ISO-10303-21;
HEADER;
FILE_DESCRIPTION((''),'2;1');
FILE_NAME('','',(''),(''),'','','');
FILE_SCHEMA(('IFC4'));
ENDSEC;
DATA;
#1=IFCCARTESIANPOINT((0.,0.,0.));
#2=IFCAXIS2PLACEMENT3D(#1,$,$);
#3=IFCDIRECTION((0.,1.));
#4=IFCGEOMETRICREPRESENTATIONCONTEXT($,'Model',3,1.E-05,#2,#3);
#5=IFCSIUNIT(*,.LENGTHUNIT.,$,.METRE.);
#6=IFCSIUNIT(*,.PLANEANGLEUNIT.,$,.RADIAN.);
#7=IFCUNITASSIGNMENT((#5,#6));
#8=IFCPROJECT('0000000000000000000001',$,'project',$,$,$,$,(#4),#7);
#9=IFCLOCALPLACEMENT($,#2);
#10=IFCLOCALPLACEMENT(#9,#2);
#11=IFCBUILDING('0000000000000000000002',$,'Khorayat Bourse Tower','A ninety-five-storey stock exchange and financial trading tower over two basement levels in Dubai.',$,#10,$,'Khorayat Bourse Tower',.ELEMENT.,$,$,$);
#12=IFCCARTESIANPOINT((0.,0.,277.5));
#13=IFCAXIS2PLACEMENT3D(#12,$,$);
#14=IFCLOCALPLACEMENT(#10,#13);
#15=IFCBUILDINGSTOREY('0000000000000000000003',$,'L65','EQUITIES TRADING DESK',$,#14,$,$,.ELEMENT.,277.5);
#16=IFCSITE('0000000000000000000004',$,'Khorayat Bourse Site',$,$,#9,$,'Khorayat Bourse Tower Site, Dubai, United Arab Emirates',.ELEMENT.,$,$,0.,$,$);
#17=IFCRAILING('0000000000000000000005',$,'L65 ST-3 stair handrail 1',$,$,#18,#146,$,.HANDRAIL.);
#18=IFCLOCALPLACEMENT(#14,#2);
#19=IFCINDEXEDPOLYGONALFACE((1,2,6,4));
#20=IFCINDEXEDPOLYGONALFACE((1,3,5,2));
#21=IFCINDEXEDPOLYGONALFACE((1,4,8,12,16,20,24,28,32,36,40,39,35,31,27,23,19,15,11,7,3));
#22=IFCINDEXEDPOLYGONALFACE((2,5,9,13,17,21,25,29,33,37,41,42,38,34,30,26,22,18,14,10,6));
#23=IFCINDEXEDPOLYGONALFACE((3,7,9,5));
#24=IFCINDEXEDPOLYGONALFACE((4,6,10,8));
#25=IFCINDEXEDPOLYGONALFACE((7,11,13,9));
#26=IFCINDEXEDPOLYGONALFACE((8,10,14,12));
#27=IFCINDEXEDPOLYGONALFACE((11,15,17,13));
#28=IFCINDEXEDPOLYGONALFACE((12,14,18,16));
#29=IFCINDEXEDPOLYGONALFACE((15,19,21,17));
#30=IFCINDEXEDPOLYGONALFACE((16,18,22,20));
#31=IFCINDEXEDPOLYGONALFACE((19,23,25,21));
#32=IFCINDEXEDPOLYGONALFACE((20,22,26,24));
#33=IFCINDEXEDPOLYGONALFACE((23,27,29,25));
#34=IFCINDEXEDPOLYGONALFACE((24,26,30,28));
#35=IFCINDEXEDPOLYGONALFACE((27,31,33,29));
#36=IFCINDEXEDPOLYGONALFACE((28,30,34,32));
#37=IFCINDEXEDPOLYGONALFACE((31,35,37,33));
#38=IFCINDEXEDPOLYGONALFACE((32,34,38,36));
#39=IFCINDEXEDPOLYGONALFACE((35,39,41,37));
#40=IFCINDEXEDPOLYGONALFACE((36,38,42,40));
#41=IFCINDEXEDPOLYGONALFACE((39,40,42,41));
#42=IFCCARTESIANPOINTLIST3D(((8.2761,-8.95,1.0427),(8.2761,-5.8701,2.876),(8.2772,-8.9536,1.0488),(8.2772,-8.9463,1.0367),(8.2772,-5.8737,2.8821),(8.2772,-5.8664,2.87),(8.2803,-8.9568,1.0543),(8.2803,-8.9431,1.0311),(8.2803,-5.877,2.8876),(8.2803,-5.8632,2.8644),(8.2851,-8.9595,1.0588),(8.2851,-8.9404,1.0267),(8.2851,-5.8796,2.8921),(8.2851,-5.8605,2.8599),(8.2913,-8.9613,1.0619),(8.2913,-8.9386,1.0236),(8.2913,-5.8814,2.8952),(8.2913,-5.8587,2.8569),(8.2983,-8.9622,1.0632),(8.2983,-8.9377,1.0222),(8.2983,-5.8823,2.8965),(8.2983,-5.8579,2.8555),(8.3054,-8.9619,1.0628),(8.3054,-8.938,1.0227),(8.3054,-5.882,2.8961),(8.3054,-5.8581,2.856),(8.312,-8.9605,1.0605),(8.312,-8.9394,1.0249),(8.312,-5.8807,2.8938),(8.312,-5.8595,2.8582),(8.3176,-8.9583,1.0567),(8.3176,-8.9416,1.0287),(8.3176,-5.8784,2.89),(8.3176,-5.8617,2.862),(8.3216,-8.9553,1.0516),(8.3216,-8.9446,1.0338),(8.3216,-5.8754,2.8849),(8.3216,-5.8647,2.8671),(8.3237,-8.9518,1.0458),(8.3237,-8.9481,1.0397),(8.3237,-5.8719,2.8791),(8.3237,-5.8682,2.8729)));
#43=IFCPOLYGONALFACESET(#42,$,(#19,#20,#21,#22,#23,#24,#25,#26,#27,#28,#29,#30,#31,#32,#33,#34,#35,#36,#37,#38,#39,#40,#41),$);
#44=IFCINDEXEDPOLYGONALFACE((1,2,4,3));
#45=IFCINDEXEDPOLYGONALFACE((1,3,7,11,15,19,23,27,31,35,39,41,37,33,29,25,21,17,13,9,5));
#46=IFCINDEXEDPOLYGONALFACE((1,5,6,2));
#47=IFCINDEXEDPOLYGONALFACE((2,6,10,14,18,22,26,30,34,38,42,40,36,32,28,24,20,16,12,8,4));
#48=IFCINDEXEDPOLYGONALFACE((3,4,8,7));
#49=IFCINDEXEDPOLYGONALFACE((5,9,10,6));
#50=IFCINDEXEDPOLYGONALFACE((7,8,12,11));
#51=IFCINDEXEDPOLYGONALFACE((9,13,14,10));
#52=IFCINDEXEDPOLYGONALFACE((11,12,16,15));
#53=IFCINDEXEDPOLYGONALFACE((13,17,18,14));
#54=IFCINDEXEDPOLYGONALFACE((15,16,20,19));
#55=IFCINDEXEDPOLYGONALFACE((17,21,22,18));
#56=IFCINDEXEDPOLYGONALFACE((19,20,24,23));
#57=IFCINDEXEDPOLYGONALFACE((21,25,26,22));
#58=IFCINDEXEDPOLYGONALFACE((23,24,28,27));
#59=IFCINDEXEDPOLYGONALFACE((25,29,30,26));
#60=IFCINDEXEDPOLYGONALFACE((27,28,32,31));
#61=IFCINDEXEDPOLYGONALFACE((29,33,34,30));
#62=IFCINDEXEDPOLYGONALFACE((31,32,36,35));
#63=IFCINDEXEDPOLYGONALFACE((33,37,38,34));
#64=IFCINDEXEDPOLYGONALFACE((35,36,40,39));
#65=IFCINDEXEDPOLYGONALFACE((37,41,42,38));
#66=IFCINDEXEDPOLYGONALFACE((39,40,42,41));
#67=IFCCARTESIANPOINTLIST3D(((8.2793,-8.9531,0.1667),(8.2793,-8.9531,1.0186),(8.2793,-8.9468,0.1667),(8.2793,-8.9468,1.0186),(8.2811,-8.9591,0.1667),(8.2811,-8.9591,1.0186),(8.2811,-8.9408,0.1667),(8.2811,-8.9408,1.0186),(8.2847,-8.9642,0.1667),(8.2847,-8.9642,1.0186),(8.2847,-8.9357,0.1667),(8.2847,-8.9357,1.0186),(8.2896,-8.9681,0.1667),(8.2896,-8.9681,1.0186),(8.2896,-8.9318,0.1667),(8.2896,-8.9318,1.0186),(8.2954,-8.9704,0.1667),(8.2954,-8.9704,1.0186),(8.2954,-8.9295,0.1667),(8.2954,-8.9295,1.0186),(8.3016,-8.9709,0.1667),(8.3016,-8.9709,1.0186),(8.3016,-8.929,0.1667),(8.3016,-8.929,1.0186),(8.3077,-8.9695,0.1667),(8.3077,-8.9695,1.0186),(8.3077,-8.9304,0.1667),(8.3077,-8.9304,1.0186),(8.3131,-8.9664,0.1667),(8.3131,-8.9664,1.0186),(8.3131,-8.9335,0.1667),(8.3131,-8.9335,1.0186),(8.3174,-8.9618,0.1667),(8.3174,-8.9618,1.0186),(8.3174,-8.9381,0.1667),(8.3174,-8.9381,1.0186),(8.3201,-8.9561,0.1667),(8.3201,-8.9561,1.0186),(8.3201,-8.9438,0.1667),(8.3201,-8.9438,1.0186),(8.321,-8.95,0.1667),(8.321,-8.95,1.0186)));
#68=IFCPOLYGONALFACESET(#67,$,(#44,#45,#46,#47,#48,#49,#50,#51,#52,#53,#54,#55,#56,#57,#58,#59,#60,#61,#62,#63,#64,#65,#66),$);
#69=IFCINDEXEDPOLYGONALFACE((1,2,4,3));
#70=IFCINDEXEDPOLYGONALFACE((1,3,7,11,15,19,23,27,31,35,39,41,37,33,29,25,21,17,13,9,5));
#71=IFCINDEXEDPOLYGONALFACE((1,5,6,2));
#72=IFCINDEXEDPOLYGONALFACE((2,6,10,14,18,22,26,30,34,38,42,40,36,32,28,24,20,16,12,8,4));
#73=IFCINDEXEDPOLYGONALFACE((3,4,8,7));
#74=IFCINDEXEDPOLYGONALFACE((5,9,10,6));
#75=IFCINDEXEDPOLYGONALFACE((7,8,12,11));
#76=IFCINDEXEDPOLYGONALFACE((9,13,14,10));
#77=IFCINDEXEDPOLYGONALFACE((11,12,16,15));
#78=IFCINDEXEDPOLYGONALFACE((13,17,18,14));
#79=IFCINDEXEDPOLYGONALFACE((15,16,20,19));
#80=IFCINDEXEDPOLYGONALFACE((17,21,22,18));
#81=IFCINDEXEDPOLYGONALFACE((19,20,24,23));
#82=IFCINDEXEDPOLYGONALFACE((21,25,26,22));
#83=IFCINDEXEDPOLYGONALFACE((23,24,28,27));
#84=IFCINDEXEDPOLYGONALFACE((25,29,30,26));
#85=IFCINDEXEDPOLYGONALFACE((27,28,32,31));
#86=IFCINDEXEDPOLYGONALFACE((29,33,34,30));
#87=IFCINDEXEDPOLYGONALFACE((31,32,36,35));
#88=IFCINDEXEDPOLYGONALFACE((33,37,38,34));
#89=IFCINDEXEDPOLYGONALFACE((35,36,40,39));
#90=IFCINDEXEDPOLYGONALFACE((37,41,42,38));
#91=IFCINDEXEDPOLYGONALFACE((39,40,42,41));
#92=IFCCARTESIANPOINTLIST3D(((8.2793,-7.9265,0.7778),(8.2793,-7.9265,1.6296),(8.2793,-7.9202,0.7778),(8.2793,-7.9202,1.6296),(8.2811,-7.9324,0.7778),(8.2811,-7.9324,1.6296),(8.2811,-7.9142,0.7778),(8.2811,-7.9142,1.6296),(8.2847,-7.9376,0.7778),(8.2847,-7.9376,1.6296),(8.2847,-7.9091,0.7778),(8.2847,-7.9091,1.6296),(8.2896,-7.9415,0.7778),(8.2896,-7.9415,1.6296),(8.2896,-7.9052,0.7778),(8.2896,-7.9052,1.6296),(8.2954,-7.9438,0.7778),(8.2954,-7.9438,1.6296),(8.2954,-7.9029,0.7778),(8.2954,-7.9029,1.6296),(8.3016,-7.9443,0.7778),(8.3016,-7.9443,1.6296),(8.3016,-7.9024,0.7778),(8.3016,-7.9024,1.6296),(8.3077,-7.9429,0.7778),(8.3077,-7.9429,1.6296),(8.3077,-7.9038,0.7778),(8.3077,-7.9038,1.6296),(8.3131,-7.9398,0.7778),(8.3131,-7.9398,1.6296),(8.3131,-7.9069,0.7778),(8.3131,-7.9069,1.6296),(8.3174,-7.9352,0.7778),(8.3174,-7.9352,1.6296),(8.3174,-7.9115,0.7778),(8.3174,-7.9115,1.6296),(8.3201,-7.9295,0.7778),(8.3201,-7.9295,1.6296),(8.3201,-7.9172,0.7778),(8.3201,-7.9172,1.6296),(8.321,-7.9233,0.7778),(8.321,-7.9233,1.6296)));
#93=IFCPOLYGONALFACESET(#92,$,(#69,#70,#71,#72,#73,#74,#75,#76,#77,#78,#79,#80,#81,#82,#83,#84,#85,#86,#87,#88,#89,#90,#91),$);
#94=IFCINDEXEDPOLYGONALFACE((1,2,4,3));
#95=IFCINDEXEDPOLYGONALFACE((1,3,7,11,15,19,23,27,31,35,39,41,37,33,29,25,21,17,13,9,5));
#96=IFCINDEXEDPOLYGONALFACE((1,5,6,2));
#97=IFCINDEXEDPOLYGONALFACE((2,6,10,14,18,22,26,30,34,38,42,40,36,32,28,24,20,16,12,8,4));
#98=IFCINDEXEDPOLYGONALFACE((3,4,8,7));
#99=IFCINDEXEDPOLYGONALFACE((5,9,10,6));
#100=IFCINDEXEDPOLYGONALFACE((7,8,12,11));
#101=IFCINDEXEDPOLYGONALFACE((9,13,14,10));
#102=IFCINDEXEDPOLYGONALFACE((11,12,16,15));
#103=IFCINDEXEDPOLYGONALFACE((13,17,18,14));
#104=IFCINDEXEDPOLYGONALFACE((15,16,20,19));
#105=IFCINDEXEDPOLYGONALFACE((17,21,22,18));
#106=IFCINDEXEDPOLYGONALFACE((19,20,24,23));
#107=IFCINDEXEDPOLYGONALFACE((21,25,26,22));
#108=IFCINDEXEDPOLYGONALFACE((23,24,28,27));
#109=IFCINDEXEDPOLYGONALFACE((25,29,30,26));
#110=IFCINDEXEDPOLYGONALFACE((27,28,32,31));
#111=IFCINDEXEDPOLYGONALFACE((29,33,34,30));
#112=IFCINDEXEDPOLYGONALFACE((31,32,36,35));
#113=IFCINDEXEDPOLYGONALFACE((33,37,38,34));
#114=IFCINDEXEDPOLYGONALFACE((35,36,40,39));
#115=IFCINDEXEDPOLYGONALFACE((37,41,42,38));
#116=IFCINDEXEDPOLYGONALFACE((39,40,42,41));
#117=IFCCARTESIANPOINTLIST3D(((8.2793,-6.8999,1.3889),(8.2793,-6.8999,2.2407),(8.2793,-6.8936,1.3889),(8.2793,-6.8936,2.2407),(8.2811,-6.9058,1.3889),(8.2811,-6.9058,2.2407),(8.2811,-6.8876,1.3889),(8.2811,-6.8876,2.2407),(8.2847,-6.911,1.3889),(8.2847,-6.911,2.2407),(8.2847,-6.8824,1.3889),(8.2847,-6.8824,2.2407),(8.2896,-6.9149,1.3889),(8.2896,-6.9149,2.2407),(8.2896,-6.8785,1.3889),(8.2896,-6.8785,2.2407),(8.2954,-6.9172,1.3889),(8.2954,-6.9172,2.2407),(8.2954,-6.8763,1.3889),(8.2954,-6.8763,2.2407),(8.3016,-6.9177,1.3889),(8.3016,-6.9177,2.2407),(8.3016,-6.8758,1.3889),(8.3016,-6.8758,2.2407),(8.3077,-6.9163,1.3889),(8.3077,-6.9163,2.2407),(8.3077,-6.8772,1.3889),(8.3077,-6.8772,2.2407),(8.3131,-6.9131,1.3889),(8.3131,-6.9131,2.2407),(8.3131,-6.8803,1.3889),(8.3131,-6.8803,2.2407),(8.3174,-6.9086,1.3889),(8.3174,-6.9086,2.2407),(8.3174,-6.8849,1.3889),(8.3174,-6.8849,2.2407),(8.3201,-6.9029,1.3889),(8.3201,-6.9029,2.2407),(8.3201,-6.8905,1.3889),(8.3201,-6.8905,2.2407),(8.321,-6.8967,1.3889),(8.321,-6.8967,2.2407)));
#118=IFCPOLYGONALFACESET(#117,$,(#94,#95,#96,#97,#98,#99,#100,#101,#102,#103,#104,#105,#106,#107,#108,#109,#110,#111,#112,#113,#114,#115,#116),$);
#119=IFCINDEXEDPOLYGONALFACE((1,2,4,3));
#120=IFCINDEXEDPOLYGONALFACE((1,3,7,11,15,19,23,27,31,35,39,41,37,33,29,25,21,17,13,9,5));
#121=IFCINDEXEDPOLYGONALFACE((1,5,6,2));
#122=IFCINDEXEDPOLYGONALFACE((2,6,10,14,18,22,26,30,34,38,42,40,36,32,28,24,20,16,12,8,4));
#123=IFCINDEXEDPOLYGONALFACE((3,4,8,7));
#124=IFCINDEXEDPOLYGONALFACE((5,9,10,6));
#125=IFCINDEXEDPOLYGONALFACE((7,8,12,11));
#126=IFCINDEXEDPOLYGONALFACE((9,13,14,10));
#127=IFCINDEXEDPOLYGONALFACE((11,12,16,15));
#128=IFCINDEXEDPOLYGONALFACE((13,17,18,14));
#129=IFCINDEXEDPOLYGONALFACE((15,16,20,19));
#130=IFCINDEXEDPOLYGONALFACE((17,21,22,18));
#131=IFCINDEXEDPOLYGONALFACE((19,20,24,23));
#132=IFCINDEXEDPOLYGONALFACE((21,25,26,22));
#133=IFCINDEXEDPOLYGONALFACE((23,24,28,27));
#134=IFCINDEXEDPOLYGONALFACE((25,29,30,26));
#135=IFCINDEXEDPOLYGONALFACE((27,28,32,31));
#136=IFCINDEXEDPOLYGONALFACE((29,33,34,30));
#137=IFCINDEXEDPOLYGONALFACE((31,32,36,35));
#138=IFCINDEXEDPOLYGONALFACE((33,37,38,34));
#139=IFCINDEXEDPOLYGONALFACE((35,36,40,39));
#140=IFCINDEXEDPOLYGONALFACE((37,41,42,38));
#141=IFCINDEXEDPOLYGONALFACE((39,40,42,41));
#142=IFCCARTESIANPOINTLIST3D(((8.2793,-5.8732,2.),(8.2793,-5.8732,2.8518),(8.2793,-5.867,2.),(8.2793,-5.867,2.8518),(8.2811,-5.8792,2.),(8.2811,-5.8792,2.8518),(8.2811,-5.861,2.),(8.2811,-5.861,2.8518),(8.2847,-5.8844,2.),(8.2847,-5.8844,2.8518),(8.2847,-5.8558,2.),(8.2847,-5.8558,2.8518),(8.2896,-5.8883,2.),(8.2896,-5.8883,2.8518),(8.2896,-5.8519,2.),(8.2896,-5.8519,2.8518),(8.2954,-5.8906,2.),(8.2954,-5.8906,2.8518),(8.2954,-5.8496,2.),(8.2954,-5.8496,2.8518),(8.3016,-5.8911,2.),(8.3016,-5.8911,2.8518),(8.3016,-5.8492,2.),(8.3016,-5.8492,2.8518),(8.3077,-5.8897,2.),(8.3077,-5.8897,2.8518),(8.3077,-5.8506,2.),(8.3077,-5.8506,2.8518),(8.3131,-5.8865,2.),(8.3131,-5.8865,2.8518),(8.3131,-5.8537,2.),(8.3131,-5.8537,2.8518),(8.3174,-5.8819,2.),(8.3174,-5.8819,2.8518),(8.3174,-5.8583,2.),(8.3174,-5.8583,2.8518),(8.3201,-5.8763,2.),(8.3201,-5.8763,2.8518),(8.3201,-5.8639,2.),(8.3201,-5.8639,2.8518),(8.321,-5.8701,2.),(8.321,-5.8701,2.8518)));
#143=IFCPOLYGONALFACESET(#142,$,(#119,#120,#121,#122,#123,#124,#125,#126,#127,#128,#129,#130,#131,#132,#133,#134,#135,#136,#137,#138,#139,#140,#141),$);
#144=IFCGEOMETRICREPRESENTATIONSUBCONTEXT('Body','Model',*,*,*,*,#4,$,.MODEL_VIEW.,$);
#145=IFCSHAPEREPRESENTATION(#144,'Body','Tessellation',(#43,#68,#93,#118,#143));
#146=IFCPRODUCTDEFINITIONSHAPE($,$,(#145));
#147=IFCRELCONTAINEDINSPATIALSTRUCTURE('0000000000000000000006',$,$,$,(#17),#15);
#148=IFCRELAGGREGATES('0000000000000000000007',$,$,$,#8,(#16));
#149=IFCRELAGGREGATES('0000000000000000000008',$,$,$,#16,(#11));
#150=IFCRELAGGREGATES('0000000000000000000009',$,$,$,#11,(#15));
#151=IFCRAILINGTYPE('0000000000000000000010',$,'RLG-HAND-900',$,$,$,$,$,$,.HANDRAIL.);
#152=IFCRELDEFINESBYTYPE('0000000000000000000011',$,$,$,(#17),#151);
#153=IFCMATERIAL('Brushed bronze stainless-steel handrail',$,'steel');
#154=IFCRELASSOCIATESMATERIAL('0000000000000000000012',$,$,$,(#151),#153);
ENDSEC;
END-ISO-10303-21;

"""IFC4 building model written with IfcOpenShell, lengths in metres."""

from ifc_helpers import new_model, si_unit, direction, frame, origin, origin_2d, place, context, subcontext, project, spatial, circle, extrude, source, transform, mapped, material, type_object, element, save


model = new_model("IFC4")

# Units and contexts
model_context = context("Model", 3, precision=1e-05, world=origin(), true_north=direction((0.0, 1.0)))
body_context = subcontext(model_context, "Body", "Model", "MODEL_VIEW")
ifc_project = project(units=[si_unit("LENGTHUNIT", "METRE"), si_unit("PLANEANGLEUNIT", "RADIAN")], contexts=[model_context])

# Site, building, storey
site_placement = place(None, origin())
site = spatial("IfcSite", under=ifc_project, at=site_placement, Name="Khorayat Bourse Site", LongName="Khorayat Bourse Tower Site, Dubai, United Arab Emirates", CompositionType="ELEMENT", RefElevation=0.0)
building_placement = place(site_placement, origin())
building = spatial("IfcBuilding", under=site, at=building_placement, Name="Khorayat Bourse Tower", Description="A ninety-five-storey stock exchange and financial trading tower over two basement levels in Dubai.", LongName="Khorayat Bourse Tower", CompositionType="ELEMENT")
storey_placement = place(building_placement, frame((0.0, 0.0, 277.5)))
storey = spatial("IfcBuildingStorey", under=building, at=storey_placement, Name="L65", Description="EQUITIES TRADING DESK", CompositionType="ELEMENT", Elevation=277.5)

# Railing
ifc_material_1 = material(Name="Brushed bronze stainless-steel handrail", Category="steel")
railing_type_1 = type_object("IfcRailingType", Name="RLG-HAND-900", PredefinedType="HANDRAIL", material=ifc_material_1)
shared_shape_1 = source(origin(), body_context, "Body", "SweptSolid", [
    extrude(circle(Radius=0.0239, at=origin_2d()), frame((0.0, 0.0, 0.876), z_axis=(0.0, 0.859291, 0.511487), x_axis=(-1.0, 0.0, 0.0)), (0.0, 0.0, 1.0), 3.5842),
    extrude(circle(Radius=0.021, at=origin_2d()), origin(), (0.0, 0.0, 1.0), 0.8518),
    extrude(circle(Radius=0.021, at=origin_2d()), frame((0.0, 1.0266, 0.6111)), (0.0, 0.0, 1.0), 0.8518),
    extrude(circle(Radius=0.021, at=origin_2d()), frame((0.0, 2.0532, 1.2222)), (0.0, 0.0, 1.0), 0.8518),
    extrude(circle(Radius=0.021, at=origin_2d()), frame((0.0, 3.0798, 1.8333)), (0.0, 0.0, 1.0), 0.8518),
])
railing_1_placement = place(storey_placement, frame((8.3, -8.95, 0.1667)))
element("IfcRailing", 1, at=railing_1_placement, inside=storey, type_object=railing_type_1, Name="L65 ST-3 stair handrail 1", PredefinedType="HANDRAIL", context=body_context, shape_type="MappedRepresentation", body=[
    mapped(shared_shape_1, transform((0.0, 0.0, 0.0), scale=1.0)),
])

save(model, "model.ifc")
